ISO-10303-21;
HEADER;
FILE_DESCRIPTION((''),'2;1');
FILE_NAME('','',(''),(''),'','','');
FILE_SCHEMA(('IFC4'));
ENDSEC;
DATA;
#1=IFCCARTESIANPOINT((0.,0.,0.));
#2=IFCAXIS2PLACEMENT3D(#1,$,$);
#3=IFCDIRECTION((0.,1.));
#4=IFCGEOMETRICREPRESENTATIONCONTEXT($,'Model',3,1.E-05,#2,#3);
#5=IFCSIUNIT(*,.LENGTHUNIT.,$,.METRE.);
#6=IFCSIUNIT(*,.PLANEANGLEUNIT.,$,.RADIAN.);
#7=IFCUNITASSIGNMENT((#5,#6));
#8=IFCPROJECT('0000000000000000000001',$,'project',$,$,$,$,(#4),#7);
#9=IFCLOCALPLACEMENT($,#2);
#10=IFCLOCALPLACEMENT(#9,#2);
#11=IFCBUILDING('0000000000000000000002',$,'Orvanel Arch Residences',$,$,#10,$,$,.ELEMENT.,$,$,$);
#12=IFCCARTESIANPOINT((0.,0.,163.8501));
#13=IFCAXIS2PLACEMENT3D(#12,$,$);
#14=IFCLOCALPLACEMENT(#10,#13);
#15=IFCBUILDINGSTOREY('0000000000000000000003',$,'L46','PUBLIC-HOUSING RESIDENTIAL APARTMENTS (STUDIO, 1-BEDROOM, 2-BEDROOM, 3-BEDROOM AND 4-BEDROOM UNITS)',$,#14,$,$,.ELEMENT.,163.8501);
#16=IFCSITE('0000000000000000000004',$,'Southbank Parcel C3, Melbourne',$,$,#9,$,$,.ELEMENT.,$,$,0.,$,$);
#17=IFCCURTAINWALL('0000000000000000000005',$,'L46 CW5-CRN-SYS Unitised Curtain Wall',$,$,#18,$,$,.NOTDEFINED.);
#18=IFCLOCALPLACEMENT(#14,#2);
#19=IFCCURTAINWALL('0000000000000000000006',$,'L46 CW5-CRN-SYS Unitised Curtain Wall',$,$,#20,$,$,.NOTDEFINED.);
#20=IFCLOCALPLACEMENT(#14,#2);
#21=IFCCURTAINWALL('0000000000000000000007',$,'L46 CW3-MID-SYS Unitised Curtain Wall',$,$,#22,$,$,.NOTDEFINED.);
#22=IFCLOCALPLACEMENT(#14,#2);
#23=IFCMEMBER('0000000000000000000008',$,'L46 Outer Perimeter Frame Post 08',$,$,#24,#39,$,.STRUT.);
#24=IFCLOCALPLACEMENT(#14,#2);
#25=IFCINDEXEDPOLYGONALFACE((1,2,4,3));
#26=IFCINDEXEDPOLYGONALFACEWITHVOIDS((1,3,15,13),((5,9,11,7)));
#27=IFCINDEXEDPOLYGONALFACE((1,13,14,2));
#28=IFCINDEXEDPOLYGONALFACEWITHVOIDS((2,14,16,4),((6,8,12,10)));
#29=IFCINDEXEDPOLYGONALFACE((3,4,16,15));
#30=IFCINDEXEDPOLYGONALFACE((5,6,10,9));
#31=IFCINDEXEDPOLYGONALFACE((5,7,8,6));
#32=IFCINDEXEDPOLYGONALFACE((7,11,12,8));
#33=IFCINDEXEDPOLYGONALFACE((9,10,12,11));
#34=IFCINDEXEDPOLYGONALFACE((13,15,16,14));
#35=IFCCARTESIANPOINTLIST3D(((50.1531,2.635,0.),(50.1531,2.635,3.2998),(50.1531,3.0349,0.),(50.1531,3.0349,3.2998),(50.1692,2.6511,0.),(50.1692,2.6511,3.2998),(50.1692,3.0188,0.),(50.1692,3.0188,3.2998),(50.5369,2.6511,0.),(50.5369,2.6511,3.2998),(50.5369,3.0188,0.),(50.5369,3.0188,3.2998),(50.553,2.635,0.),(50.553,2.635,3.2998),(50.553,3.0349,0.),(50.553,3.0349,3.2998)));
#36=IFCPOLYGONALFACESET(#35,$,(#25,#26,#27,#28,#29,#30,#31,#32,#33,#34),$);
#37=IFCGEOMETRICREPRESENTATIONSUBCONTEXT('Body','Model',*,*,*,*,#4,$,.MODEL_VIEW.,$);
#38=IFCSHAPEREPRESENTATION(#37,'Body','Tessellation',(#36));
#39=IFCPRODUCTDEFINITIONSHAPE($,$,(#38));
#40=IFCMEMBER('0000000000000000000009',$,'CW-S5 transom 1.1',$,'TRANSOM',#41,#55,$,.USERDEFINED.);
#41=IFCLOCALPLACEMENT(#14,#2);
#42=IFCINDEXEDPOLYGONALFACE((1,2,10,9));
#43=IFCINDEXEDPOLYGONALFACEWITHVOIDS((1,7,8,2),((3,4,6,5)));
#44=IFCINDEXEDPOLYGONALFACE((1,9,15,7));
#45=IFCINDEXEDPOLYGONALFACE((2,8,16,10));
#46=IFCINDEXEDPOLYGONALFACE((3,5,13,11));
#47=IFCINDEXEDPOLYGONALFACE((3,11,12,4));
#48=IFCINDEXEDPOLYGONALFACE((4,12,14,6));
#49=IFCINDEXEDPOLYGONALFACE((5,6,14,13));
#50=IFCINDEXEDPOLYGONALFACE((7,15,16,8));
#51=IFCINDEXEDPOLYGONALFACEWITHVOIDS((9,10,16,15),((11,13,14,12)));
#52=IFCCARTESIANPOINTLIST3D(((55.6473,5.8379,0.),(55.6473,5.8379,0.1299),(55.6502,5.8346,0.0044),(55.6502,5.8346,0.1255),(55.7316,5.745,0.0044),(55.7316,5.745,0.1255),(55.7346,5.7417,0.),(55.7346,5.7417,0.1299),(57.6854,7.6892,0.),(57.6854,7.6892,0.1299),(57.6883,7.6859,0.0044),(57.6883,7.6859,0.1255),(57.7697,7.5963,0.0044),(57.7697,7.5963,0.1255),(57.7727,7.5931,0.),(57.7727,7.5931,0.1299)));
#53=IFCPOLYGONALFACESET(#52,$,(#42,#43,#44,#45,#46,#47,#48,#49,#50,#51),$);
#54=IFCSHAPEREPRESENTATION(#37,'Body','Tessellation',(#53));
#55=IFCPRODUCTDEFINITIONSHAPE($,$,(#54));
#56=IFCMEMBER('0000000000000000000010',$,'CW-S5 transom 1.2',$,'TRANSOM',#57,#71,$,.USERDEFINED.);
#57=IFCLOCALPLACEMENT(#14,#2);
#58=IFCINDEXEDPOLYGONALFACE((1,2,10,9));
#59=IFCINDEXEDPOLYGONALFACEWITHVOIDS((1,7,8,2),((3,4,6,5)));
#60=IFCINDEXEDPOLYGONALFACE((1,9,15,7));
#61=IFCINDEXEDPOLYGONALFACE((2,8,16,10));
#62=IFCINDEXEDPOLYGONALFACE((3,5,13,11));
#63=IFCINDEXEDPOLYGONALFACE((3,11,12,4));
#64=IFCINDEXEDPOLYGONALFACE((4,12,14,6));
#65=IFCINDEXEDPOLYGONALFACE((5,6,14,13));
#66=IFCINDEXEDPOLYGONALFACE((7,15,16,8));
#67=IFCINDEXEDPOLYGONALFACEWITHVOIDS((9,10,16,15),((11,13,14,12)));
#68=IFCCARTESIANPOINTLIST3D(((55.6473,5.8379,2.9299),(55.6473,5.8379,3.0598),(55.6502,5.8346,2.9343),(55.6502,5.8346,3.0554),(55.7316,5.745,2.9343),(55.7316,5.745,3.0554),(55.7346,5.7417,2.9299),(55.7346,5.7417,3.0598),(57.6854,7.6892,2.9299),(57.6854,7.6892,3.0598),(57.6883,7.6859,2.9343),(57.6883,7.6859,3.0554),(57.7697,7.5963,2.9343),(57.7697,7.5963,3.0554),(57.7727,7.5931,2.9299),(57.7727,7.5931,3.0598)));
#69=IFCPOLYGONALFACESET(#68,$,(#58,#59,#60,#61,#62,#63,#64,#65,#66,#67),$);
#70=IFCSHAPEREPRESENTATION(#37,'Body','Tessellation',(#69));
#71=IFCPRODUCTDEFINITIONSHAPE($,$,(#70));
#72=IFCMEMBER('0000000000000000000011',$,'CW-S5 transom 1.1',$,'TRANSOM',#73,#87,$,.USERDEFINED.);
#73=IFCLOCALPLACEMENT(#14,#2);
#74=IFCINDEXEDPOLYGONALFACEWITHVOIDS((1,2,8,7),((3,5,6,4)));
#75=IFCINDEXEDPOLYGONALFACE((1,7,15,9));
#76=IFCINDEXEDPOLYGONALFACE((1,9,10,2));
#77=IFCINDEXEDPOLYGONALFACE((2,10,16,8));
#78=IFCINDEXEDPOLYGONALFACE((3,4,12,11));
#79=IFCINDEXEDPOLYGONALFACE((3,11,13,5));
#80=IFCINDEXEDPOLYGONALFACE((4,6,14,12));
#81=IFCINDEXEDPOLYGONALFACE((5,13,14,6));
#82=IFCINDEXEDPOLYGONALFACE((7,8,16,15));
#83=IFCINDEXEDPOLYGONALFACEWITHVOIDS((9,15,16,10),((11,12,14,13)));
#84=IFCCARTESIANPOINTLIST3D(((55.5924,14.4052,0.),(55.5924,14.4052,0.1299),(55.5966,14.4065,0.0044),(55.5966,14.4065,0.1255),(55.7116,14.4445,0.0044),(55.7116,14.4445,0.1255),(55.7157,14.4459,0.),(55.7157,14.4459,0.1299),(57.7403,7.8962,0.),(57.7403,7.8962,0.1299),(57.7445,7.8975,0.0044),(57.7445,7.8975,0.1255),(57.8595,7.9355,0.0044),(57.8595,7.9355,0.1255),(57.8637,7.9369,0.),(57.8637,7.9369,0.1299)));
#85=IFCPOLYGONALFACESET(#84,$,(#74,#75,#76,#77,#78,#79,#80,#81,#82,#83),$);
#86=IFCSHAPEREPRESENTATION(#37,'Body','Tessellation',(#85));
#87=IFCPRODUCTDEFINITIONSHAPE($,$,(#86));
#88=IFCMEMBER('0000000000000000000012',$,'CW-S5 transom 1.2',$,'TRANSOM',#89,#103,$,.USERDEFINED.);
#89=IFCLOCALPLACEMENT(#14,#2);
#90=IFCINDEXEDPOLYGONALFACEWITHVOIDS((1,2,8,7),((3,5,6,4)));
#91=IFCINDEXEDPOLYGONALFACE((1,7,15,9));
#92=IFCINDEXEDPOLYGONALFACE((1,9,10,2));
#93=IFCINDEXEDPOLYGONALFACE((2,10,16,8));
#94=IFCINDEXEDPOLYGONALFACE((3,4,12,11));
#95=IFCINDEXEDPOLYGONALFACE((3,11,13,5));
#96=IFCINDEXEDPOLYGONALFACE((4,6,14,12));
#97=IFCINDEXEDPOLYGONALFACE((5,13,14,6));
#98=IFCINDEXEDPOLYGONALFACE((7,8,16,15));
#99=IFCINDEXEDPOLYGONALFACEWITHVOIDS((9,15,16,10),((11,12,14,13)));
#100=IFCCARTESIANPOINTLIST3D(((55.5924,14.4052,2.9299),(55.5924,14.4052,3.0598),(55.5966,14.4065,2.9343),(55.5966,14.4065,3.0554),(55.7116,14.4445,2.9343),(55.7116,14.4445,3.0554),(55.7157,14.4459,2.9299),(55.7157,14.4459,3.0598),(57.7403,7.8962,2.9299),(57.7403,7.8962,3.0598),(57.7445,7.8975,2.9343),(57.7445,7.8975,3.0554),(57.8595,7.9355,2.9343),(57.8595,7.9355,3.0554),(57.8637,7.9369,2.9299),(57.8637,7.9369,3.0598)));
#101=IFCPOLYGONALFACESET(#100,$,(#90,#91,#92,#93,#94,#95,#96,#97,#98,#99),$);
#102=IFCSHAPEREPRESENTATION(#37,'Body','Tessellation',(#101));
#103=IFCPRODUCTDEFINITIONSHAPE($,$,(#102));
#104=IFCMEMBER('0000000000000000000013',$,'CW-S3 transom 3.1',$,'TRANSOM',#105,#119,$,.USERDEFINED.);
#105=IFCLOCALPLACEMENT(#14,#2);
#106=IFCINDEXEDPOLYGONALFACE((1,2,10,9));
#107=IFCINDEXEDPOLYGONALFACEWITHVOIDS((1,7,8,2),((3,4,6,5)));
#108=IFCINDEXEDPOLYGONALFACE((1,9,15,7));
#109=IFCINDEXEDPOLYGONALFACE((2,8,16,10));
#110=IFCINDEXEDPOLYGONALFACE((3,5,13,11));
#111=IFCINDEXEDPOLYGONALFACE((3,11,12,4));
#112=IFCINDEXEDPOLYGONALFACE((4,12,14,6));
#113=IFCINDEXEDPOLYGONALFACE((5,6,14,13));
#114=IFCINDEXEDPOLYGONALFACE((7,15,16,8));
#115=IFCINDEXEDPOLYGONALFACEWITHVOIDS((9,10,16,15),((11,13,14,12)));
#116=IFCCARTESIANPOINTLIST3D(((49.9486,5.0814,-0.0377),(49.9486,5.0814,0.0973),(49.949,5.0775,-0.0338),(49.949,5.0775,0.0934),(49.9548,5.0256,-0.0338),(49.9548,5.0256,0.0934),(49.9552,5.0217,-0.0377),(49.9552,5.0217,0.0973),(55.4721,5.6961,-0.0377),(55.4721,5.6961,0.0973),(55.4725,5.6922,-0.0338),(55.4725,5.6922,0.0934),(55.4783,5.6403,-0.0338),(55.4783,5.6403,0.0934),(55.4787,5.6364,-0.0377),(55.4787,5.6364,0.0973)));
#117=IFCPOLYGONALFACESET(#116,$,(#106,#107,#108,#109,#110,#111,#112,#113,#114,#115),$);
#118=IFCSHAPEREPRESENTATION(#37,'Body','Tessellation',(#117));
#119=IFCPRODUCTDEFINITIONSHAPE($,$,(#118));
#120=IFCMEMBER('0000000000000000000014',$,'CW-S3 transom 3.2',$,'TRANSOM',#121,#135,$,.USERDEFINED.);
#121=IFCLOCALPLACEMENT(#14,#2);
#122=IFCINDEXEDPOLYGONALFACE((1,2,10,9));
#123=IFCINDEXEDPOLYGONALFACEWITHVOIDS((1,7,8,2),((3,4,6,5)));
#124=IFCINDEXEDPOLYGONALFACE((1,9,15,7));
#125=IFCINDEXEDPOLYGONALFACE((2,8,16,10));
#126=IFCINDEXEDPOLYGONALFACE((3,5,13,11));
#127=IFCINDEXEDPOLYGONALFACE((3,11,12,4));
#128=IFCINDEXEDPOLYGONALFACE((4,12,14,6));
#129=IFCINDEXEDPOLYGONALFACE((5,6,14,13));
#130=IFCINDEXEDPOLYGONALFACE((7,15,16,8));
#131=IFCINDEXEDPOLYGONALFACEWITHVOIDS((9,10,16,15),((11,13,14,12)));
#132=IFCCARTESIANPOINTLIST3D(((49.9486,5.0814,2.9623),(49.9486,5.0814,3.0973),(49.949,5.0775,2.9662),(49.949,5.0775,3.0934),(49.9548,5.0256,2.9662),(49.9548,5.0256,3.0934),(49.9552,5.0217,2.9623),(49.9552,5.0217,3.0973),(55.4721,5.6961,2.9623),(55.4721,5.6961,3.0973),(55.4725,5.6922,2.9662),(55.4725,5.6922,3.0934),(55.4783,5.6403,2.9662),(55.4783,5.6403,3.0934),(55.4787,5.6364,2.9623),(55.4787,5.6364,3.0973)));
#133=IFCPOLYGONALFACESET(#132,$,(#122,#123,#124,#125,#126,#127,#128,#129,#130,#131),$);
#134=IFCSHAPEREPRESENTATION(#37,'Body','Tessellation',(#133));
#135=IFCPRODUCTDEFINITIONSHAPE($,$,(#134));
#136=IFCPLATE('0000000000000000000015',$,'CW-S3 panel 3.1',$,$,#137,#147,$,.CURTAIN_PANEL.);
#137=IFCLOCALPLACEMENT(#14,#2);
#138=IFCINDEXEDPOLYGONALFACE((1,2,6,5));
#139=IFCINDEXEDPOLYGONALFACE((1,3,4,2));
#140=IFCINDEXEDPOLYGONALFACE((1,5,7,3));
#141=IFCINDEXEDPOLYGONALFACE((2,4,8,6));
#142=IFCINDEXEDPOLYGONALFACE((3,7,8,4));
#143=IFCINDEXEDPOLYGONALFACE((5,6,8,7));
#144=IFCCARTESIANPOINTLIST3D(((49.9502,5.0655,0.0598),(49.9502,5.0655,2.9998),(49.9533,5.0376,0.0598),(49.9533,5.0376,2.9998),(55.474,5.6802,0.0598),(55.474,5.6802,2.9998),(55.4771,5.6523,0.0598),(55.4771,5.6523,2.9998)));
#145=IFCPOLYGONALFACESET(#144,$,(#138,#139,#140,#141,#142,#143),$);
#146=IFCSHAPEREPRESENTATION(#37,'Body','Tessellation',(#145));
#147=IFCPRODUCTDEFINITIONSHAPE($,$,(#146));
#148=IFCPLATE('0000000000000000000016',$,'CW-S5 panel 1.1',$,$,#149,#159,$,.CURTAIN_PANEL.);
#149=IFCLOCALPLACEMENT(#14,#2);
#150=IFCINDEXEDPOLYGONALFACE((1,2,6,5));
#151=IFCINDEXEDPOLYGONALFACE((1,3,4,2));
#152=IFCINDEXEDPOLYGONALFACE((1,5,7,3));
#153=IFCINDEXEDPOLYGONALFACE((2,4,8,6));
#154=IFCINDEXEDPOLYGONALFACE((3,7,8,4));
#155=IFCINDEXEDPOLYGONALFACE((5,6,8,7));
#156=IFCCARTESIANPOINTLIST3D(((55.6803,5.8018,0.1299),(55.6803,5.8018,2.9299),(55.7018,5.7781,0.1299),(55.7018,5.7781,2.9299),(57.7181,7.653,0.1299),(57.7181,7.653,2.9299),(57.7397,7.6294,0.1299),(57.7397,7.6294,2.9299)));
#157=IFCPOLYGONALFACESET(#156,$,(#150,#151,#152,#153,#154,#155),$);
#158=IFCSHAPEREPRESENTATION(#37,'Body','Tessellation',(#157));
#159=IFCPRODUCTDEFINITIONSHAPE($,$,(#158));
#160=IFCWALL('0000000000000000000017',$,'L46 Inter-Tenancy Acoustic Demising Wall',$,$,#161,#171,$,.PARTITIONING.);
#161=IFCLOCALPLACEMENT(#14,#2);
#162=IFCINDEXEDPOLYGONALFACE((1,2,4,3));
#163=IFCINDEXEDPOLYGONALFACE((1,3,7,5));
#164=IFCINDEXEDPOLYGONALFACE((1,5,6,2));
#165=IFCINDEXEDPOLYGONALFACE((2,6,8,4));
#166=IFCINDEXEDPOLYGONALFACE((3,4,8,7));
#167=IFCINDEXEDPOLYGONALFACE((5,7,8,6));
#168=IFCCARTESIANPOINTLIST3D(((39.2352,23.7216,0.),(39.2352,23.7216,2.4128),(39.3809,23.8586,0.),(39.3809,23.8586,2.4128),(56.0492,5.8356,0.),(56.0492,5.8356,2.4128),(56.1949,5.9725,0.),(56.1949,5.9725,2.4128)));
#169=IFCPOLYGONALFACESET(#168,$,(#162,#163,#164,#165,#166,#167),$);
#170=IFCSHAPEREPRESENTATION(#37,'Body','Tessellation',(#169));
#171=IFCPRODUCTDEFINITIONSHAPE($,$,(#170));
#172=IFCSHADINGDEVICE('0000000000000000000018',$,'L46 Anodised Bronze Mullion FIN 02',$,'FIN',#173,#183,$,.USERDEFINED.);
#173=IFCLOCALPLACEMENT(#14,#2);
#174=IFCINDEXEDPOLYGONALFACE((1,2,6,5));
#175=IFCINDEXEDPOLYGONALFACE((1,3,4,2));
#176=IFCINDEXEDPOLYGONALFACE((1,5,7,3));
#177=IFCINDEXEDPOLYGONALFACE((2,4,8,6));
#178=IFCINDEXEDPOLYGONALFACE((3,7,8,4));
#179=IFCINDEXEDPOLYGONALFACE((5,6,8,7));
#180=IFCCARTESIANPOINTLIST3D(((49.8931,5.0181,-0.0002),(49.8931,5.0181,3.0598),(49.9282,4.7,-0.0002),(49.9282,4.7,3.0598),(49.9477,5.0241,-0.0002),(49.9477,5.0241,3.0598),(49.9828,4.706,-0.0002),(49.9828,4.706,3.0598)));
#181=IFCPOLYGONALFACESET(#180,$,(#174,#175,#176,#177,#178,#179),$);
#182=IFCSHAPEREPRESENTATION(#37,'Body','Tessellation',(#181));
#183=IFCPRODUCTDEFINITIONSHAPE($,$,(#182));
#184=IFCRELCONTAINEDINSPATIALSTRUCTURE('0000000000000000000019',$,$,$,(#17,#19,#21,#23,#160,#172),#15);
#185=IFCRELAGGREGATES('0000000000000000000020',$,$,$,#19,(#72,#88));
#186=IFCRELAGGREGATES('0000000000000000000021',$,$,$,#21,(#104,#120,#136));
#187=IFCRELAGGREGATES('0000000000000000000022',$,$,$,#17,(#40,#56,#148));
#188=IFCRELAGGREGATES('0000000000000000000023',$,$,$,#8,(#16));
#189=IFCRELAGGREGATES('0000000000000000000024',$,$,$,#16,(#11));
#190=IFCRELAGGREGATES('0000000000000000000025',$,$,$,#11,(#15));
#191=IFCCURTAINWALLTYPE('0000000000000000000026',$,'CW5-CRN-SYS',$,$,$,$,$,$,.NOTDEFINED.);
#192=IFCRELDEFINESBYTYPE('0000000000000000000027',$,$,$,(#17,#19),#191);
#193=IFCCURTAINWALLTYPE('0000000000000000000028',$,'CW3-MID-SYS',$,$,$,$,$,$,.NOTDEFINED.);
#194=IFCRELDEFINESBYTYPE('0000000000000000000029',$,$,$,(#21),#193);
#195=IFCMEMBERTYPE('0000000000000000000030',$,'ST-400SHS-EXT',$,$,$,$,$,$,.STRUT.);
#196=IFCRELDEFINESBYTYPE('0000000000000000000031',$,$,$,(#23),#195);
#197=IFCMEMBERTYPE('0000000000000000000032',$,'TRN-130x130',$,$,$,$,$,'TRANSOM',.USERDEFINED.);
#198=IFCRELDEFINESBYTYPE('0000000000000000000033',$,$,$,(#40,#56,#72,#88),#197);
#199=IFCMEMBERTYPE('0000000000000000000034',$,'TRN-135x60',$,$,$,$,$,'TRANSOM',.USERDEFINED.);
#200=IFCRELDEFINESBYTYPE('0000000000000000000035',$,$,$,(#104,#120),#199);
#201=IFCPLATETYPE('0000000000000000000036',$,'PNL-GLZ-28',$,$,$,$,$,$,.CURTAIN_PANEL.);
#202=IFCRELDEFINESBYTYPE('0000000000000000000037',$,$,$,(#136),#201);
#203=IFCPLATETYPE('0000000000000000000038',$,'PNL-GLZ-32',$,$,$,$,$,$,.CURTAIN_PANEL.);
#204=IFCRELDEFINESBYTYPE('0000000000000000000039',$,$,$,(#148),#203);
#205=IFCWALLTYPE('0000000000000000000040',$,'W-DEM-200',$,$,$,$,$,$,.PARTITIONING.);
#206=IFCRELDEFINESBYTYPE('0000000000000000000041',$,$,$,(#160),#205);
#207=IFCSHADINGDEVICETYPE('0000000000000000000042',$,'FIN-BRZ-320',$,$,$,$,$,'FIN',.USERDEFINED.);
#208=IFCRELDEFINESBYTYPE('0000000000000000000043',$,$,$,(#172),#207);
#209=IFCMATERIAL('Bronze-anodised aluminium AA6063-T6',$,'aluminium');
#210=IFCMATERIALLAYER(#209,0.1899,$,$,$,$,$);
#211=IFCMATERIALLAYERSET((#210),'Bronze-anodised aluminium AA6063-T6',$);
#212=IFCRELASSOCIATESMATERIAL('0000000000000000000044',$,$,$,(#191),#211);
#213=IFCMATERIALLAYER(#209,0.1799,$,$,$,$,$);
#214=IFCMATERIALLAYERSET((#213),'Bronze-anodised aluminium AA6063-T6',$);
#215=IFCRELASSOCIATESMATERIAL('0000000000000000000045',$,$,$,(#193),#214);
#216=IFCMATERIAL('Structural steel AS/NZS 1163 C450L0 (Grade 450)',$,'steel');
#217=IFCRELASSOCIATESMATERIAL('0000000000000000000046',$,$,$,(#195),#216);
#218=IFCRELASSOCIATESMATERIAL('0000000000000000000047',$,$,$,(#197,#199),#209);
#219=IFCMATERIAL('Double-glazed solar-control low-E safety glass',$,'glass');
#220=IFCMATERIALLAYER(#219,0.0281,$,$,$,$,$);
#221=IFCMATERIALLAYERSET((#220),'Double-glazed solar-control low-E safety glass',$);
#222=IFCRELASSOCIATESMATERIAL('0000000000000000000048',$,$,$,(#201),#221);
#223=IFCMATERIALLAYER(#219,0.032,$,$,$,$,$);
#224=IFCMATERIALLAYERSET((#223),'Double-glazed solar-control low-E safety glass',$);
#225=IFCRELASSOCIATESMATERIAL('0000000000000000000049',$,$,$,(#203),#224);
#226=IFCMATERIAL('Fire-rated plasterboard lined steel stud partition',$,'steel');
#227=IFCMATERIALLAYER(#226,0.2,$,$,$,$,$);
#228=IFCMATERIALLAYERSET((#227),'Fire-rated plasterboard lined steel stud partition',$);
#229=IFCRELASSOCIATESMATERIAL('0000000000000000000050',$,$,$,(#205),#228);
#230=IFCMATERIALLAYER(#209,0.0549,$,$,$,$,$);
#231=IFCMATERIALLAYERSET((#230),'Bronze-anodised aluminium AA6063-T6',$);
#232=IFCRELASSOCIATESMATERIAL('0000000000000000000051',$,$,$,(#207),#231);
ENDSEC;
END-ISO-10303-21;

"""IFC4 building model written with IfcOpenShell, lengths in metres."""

from ifc_helpers import new_model, si_unit, direction, frame, frame_2d, origin, origin_2d, place, context, subcontext, project, spatial, rectangle, hollow_rectangle, extrude, material, layer, layer_set, material_profile, profile_set, type_object, element, aggregate, save


model = new_model("IFC4")

# Units and contexts
model_context = context("Model", 3, precision=1e-05, world=origin(), true_north=direction((0.0, 1.0)))
body_context = subcontext(model_context, "Body", "Model", "MODEL_VIEW")
ifc_project = project(units=[si_unit("LENGTHUNIT", "METRE"), si_unit("PLANEANGLEUNIT", "RADIAN")], contexts=[model_context])

# Site, building, storey
site_placement = place(None, origin())
site = spatial("IfcSite", under=ifc_project, at=site_placement, Name="Southbank Parcel C3, Melbourne", CompositionType="ELEMENT", RefElevation=0.0)
building_placement = place(site_placement, origin())
building = spatial("IfcBuilding", under=site, at=building_placement, Name="Orvanel Arch Residences", CompositionType="ELEMENT")
storey_placement = place(building_placement, frame((0.0, 0.0, 163.8501)))
storey = spatial("IfcBuildingStorey", under=building, at=storey_placement, Name="L46", Description="PUBLIC-HOUSING RESIDENTIAL APARTMENTS (STUDIO, 1-BEDROOM, 2-BEDROOM, 3-BEDROOM AND 4-BEDROOM UNITS)", CompositionType="ELEMENT", Elevation=163.8501)

# Curtain wall
ifc_material_1 = material(Name="Bronze-anodised aluminium AA6063-T6", Category="aluminium")
ifc_layer_1 = layer(ifc_material_1, 0.1899)
ifc_layer_set_1 = layer_set([ifc_layer_1], Name="Bronze-anodised aluminium AA6063-T6")
curtain_wall_type_1 = type_object("IfcCurtainWallType", Name="CW5-CRN-SYS", PredefinedType="NOTDEFINED", material=ifc_layer_set_1)
curtain_wall_1_placement = place(storey_placement, origin())
curtain_wall_1 = element("IfcCurtainWall", 1, at=curtain_wall_1_placement, inside=storey, type_object=curtain_wall_type_1, Name="L46 CW5-CRN-SYS Unitised Curtain Wall", PredefinedType="NOTDEFINED")

# Curtain wall
curtain_wall_2_placement = place(storey_placement, origin())
curtain_wall_2 = element("IfcCurtainWall", 2, at=curtain_wall_2_placement, inside=storey, type_object=curtain_wall_type_1, Name="L46 CW5-CRN-SYS Unitised Curtain Wall", PredefinedType="NOTDEFINED")

# Curtain wall
ifc_layer_2 = layer(ifc_material_1, 0.1799)
ifc_layer_set_2 = layer_set([ifc_layer_2], Name="Bronze-anodised aluminium AA6063-T6")
curtain_wall_type_2 = type_object("IfcCurtainWallType", Name="CW3-MID-SYS", PredefinedType="NOTDEFINED", material=ifc_layer_set_2)
curtain_wall_3_placement = place(storey_placement, origin())
curtain_wall_3 = element("IfcCurtainWall", 3, at=curtain_wall_3_placement, inside=storey, type_object=curtain_wall_type_2, Name="L46 CW3-MID-SYS Unitised Curtain Wall", PredefinedType="NOTDEFINED")

# Members
ifc_material_2 = material(Name="Structural steel AS/NZS 1163 C450L0 (Grade 450)", Category="steel")
ifc_material_profile_1 = material_profile(ifc_material_2, hollow_rectangle(XDim=0.3999, YDim=0.3999, WallThickness=0.0161, at=origin_2d()), Name="SHS400x400x16")
ifc_profile_set_1 = profile_set([ifc_material_profile_1], Name="Structural steel AS/NZS 1163 C450L0 (Grade 450)")
member_type_1 = type_object("IfcMemberType", Name="ST-400SHS-EXT", PredefinedType="STRUT", material=ifc_profile_set_1)
member_1_placement = place(storey_placement, frame((50.353, 2.835, 0.0), z_axis=(0.0, 0.0, 1.0), x_axis=(1.0, 0.0, 0.0)))
element("IfcMember", 4, at=member_1_placement, inside=storey, type_object=member_type_1, Name="L46 Outer Perimeter Frame Post 08", PredefinedType="STRUT", context=body_context, shape_type="SweptSolid", body=[
    extrude(hollow_rectangle(XDim=0.3999, YDim=0.3999, WallThickness=0.0161, at=origin_2d()), origin(), (0.0, 0.0, 1.0), 3.2998),
])
ifc_material_profile_2 = material_profile(ifc_material_1, hollow_rectangle(XDim=0.1299, YDim=0.1299, WallThickness=0.0044, at=origin_2d()), Name="ALU130x130x4.5")
ifc_profile_set_2 = profile_set([ifc_material_profile_2], Name="Bronze-anodised aluminium AA6063-T6")
member_type_2 = type_object("IfcMemberType", Name="TRN-130x130", ElementType="TRANSOM", PredefinedType="USERDEFINED", material=ifc_profile_set_2)
member_2_placement = place(storey_placement, frame((55.6909, 5.7898, 0.0649), z_axis=(0.740209, 0.672377, 0.0), x_axis=(-0.672377, 0.740209, 0.0)))
member_2 = element("IfcMember", 5, at=member_2_placement, type_object=member_type_2, Name="CW-S5 transom 1.1", ObjectType="TRANSOM", PredefinedType="USERDEFINED", context=body_context, shape_type="SweptSolid", body=[
    extrude(hollow_rectangle(XDim=0.1299, YDim=0.1299, WallThickness=0.0044, at=origin_2d()), origin(), (0.0, 0.0, 1.0), 2.7534),
])
member_3_placement = place(storey_placement, frame((55.6909, 5.7898, 2.9949), z_axis=(0.740209, 0.672377, 0.0), x_axis=(-0.672377, 0.740209, 0.0)))
member_3 = element("IfcMember", 6, at=member_3_placement, type_object=member_type_2, Name="CW-S5 transom 1.2", ObjectType="TRANSOM", PredefinedType="USERDEFINED", context=body_context, shape_type="SweptSolid", body=[
    extrude(hollow_rectangle(XDim=0.1299, YDim=0.1299, WallThickness=0.0044, at=origin_2d()), origin(), (0.0, 0.0, 1.0), 2.7534),
])
member_4_placement = place(storey_placement, frame((57.802, 7.9165, 0.0649), z_axis=(-0.313373, 0.94963, 0.0), x_axis=(-0.94963, -0.313373, 0.0)))
member_4 = element("IfcMember", 7, at=member_4_placement, type_object=member_type_2, Name="CW-S5 transom 1.1", ObjectType="TRANSOM", PredefinedType="USERDEFINED", context=body_context, shape_type="SweptSolid", body=[
    extrude(hollow_rectangle(XDim=0.1299, YDim=0.1299, WallThickness=0.0044, at=origin_2d()), origin(), (0.0, 0.0, 1.0), 6.8542),
])
member_5_placement = place(storey_placement, frame((57.802, 7.9165, 2.9949), z_axis=(-0.313373, 0.94963, 0.0), x_axis=(-0.94963, -0.313373, 0.0)))
member_5 = element("IfcMember", 8, at=member_5_placement, type_object=member_type_2, Name="CW-S5 transom 1.2", ObjectType="TRANSOM", PredefinedType="USERDEFINED", context=body_context, shape_type="SweptSolid", body=[
    extrude(hollow_rectangle(XDim=0.1299, YDim=0.1299, WallThickness=0.0044, at=origin_2d()), origin(), (0.0, 0.0, 1.0), 6.8542),
])
aggregate(curtain_wall_2, [member_4, member_5])
ifc_material_profile_3 = material_profile(ifc_material_1, hollow_rectangle(XDim=0.0601, YDim=0.135, WallThickness=0.0039, at=origin_2d()), Name="ALU135x60x4")
ifc_profile_set_3 = profile_set([ifc_material_profile_3], Name="Bronze-anodised aluminium AA6063-T6")
member_type_3 = type_object("IfcMemberType", Name="TRN-135x60", ElementType="TRANSOM", PredefinedType="USERDEFINED", material=ifc_profile_set_3)
member_6_placement = place(storey_placement, frame((49.9519, 5.0515, 0.0298), z_axis=(0.993863, 0.110615, 0.0), x_axis=(-0.110615, 0.993863, 0.0)))
member_6 = element("IfcMember", 9, at=member_6_placement, type_object=member_type_3, Name="CW-S3 transom 3.1", ObjectType="TRANSOM", PredefinedType="USERDEFINED", context=body_context, shape_type="SweptSolid", body=[
    extrude(hollow_rectangle(XDim=0.0601, YDim=0.135, WallThickness=0.0039, at=origin_2d()), origin(), (0.0, 0.0, 1.0), 5.5576),
])
member_7_placement = place(storey_placement, frame((49.9519, 5.0515, 3.0298), z_axis=(0.993863, 0.110615, 0.0), x_axis=(-0.110615, 0.993863, 0.0)))
member_7 = element("IfcMember", 10, at=member_7_placement, type_object=member_type_3, Name="CW-S3 transom 3.2", ObjectType="TRANSOM", PredefinedType="USERDEFINED", context=body_context, shape_type="SweptSolid", body=[
    extrude(hollow_rectangle(XDim=0.0601, YDim=0.135, WallThickness=0.0039, at=origin_2d()), origin(), (0.0, 0.0, 1.0), 5.5576),
])

# Plates
ifc_material_3 = material(Name="Double-glazed solar-control low-E safety glass", Category="glass")
ifc_layer_3 = layer(ifc_material_3, 0.0281)
ifc_layer_set_3 = layer_set([ifc_layer_3], Name="Double-glazed solar-control low-E safety glass")
plate_type_1 = type_object("IfcPlateType", Name="PNL-GLZ-28", PredefinedType="CURTAIN_PANEL", material=ifc_layer_set_3)
plate_1_placement = place(storey_placement, frame((52.7136, 5.3589, 0.0598), z_axis=(0.0, 0.0, 1.0), x_axis=(0.993864, 0.110606, 0.0)))
plate_1 = element("IfcPlate", 11, at=plate_1_placement, type_object=plate_type_1, Name="CW-S3 panel 3.1", PredefinedType="CURTAIN_PANEL", context=body_context, shape_type="SweptSolid", body=[
    extrude(rectangle(XDim=5.5579, YDim=0.0281, at=origin_2d()), origin(), (0.0, 0.0, 1.0), 2.9399),
])
aggregate(curtain_wall_3, [member_6, member_7, plate_1])
ifc_layer_4 = layer(ifc_material_3, 0.032)
ifc_layer_set_4 = layer_set([ifc_layer_4], Name="Double-glazed solar-control low-E safety glass")
plate_type_2 = type_object("IfcPlateType", Name="PNL-GLZ-32", PredefinedType="CURTAIN_PANEL", material=ifc_layer_set_4)
plate_2_placement = place(storey_placement, frame((56.71, 6.7156, 0.1299), z_axis=(0.0, 0.0, 1.0), x_axis=(0.740192, 0.672396, 0.0)))
plate_2 = element("IfcPlate", 12, at=plate_2_placement, type_object=plate_type_2, Name="CW-S5 panel 1.1", PredefinedType="CURTAIN_PANEL", context=body_context, shape_type="SweptSolid", body=[
    extrude(rectangle(XDim=2.7532, YDim=0.032, at=origin_2d()), origin(), (0.0, 0.0, 1.0), 2.8),
])
aggregate(curtain_wall_1, [member_2, member_3, plate_2])

# Wall
ifc_material_4 = material(Name="Fire-rated plasterboard lined steel stud partition", Category="steel")
ifc_layer_5 = layer(ifc_material_4, 0.2)
ifc_layer_set_5 = layer_set([ifc_layer_5], Name="Fire-rated plasterboard lined steel stud partition")
wall_type = type_object("IfcWallType", Name="W-DEM-200", PredefinedType="PARTITIONING", material=ifc_layer_set_5)
wall_placement = place(storey_placement, frame((56.1221, 5.9041, 0.0), z_axis=(0.0, 0.0, 1.0), x_axis=(-0.684935, 0.728605, 0.0)))
element("IfcWall", 13, at=wall_placement, inside=storey, type_object=wall_type, Name="L46 Inter-Tenancy Acoustic Demising Wall", PredefinedType="PARTITIONING", context=body_context, shape_type="SweptSolid", body=[
    extrude(rectangle(XDim=24.5483, YDim=0.2, at=frame_2d((12.2742, 0.0))), origin(), (0.0, 0.0, 1.0), 2.4128),
])

# Shading device
ifc_layer_6 = layer(ifc_material_1, 0.0549)
ifc_layer_set_6 = layer_set([ifc_layer_6], Name="Bronze-anodised aluminium AA6063-T6")
shading_device_type = type_object("IfcShadingDeviceType", Name="FIN-BRZ-320", ElementType="FIN", PredefinedType="USERDEFINED", material=ifc_layer_set_6)
shading_device_placement = place(storey_placement, frame((49.938, 4.8621, -0.0002), z_axis=(0.0, 0.0, 1.0), x_axis=(0.109734, -0.993961, 0.0)))
element("IfcShadingDevice", 14, at=shading_device_placement, inside=storey, type_object=shading_device_type, Name="L46 Anodised Bronze Mullion FIN 02", ObjectType="FIN", PredefinedType="USERDEFINED", context=body_context, shape_type="SweptSolid", body=[
    extrude(rectangle(XDim=0.3201, YDim=0.0549, at=origin_2d()), origin(), (0.0, 0.0, 1.0), 3.0601),
])

save(model, "model.ifc")
